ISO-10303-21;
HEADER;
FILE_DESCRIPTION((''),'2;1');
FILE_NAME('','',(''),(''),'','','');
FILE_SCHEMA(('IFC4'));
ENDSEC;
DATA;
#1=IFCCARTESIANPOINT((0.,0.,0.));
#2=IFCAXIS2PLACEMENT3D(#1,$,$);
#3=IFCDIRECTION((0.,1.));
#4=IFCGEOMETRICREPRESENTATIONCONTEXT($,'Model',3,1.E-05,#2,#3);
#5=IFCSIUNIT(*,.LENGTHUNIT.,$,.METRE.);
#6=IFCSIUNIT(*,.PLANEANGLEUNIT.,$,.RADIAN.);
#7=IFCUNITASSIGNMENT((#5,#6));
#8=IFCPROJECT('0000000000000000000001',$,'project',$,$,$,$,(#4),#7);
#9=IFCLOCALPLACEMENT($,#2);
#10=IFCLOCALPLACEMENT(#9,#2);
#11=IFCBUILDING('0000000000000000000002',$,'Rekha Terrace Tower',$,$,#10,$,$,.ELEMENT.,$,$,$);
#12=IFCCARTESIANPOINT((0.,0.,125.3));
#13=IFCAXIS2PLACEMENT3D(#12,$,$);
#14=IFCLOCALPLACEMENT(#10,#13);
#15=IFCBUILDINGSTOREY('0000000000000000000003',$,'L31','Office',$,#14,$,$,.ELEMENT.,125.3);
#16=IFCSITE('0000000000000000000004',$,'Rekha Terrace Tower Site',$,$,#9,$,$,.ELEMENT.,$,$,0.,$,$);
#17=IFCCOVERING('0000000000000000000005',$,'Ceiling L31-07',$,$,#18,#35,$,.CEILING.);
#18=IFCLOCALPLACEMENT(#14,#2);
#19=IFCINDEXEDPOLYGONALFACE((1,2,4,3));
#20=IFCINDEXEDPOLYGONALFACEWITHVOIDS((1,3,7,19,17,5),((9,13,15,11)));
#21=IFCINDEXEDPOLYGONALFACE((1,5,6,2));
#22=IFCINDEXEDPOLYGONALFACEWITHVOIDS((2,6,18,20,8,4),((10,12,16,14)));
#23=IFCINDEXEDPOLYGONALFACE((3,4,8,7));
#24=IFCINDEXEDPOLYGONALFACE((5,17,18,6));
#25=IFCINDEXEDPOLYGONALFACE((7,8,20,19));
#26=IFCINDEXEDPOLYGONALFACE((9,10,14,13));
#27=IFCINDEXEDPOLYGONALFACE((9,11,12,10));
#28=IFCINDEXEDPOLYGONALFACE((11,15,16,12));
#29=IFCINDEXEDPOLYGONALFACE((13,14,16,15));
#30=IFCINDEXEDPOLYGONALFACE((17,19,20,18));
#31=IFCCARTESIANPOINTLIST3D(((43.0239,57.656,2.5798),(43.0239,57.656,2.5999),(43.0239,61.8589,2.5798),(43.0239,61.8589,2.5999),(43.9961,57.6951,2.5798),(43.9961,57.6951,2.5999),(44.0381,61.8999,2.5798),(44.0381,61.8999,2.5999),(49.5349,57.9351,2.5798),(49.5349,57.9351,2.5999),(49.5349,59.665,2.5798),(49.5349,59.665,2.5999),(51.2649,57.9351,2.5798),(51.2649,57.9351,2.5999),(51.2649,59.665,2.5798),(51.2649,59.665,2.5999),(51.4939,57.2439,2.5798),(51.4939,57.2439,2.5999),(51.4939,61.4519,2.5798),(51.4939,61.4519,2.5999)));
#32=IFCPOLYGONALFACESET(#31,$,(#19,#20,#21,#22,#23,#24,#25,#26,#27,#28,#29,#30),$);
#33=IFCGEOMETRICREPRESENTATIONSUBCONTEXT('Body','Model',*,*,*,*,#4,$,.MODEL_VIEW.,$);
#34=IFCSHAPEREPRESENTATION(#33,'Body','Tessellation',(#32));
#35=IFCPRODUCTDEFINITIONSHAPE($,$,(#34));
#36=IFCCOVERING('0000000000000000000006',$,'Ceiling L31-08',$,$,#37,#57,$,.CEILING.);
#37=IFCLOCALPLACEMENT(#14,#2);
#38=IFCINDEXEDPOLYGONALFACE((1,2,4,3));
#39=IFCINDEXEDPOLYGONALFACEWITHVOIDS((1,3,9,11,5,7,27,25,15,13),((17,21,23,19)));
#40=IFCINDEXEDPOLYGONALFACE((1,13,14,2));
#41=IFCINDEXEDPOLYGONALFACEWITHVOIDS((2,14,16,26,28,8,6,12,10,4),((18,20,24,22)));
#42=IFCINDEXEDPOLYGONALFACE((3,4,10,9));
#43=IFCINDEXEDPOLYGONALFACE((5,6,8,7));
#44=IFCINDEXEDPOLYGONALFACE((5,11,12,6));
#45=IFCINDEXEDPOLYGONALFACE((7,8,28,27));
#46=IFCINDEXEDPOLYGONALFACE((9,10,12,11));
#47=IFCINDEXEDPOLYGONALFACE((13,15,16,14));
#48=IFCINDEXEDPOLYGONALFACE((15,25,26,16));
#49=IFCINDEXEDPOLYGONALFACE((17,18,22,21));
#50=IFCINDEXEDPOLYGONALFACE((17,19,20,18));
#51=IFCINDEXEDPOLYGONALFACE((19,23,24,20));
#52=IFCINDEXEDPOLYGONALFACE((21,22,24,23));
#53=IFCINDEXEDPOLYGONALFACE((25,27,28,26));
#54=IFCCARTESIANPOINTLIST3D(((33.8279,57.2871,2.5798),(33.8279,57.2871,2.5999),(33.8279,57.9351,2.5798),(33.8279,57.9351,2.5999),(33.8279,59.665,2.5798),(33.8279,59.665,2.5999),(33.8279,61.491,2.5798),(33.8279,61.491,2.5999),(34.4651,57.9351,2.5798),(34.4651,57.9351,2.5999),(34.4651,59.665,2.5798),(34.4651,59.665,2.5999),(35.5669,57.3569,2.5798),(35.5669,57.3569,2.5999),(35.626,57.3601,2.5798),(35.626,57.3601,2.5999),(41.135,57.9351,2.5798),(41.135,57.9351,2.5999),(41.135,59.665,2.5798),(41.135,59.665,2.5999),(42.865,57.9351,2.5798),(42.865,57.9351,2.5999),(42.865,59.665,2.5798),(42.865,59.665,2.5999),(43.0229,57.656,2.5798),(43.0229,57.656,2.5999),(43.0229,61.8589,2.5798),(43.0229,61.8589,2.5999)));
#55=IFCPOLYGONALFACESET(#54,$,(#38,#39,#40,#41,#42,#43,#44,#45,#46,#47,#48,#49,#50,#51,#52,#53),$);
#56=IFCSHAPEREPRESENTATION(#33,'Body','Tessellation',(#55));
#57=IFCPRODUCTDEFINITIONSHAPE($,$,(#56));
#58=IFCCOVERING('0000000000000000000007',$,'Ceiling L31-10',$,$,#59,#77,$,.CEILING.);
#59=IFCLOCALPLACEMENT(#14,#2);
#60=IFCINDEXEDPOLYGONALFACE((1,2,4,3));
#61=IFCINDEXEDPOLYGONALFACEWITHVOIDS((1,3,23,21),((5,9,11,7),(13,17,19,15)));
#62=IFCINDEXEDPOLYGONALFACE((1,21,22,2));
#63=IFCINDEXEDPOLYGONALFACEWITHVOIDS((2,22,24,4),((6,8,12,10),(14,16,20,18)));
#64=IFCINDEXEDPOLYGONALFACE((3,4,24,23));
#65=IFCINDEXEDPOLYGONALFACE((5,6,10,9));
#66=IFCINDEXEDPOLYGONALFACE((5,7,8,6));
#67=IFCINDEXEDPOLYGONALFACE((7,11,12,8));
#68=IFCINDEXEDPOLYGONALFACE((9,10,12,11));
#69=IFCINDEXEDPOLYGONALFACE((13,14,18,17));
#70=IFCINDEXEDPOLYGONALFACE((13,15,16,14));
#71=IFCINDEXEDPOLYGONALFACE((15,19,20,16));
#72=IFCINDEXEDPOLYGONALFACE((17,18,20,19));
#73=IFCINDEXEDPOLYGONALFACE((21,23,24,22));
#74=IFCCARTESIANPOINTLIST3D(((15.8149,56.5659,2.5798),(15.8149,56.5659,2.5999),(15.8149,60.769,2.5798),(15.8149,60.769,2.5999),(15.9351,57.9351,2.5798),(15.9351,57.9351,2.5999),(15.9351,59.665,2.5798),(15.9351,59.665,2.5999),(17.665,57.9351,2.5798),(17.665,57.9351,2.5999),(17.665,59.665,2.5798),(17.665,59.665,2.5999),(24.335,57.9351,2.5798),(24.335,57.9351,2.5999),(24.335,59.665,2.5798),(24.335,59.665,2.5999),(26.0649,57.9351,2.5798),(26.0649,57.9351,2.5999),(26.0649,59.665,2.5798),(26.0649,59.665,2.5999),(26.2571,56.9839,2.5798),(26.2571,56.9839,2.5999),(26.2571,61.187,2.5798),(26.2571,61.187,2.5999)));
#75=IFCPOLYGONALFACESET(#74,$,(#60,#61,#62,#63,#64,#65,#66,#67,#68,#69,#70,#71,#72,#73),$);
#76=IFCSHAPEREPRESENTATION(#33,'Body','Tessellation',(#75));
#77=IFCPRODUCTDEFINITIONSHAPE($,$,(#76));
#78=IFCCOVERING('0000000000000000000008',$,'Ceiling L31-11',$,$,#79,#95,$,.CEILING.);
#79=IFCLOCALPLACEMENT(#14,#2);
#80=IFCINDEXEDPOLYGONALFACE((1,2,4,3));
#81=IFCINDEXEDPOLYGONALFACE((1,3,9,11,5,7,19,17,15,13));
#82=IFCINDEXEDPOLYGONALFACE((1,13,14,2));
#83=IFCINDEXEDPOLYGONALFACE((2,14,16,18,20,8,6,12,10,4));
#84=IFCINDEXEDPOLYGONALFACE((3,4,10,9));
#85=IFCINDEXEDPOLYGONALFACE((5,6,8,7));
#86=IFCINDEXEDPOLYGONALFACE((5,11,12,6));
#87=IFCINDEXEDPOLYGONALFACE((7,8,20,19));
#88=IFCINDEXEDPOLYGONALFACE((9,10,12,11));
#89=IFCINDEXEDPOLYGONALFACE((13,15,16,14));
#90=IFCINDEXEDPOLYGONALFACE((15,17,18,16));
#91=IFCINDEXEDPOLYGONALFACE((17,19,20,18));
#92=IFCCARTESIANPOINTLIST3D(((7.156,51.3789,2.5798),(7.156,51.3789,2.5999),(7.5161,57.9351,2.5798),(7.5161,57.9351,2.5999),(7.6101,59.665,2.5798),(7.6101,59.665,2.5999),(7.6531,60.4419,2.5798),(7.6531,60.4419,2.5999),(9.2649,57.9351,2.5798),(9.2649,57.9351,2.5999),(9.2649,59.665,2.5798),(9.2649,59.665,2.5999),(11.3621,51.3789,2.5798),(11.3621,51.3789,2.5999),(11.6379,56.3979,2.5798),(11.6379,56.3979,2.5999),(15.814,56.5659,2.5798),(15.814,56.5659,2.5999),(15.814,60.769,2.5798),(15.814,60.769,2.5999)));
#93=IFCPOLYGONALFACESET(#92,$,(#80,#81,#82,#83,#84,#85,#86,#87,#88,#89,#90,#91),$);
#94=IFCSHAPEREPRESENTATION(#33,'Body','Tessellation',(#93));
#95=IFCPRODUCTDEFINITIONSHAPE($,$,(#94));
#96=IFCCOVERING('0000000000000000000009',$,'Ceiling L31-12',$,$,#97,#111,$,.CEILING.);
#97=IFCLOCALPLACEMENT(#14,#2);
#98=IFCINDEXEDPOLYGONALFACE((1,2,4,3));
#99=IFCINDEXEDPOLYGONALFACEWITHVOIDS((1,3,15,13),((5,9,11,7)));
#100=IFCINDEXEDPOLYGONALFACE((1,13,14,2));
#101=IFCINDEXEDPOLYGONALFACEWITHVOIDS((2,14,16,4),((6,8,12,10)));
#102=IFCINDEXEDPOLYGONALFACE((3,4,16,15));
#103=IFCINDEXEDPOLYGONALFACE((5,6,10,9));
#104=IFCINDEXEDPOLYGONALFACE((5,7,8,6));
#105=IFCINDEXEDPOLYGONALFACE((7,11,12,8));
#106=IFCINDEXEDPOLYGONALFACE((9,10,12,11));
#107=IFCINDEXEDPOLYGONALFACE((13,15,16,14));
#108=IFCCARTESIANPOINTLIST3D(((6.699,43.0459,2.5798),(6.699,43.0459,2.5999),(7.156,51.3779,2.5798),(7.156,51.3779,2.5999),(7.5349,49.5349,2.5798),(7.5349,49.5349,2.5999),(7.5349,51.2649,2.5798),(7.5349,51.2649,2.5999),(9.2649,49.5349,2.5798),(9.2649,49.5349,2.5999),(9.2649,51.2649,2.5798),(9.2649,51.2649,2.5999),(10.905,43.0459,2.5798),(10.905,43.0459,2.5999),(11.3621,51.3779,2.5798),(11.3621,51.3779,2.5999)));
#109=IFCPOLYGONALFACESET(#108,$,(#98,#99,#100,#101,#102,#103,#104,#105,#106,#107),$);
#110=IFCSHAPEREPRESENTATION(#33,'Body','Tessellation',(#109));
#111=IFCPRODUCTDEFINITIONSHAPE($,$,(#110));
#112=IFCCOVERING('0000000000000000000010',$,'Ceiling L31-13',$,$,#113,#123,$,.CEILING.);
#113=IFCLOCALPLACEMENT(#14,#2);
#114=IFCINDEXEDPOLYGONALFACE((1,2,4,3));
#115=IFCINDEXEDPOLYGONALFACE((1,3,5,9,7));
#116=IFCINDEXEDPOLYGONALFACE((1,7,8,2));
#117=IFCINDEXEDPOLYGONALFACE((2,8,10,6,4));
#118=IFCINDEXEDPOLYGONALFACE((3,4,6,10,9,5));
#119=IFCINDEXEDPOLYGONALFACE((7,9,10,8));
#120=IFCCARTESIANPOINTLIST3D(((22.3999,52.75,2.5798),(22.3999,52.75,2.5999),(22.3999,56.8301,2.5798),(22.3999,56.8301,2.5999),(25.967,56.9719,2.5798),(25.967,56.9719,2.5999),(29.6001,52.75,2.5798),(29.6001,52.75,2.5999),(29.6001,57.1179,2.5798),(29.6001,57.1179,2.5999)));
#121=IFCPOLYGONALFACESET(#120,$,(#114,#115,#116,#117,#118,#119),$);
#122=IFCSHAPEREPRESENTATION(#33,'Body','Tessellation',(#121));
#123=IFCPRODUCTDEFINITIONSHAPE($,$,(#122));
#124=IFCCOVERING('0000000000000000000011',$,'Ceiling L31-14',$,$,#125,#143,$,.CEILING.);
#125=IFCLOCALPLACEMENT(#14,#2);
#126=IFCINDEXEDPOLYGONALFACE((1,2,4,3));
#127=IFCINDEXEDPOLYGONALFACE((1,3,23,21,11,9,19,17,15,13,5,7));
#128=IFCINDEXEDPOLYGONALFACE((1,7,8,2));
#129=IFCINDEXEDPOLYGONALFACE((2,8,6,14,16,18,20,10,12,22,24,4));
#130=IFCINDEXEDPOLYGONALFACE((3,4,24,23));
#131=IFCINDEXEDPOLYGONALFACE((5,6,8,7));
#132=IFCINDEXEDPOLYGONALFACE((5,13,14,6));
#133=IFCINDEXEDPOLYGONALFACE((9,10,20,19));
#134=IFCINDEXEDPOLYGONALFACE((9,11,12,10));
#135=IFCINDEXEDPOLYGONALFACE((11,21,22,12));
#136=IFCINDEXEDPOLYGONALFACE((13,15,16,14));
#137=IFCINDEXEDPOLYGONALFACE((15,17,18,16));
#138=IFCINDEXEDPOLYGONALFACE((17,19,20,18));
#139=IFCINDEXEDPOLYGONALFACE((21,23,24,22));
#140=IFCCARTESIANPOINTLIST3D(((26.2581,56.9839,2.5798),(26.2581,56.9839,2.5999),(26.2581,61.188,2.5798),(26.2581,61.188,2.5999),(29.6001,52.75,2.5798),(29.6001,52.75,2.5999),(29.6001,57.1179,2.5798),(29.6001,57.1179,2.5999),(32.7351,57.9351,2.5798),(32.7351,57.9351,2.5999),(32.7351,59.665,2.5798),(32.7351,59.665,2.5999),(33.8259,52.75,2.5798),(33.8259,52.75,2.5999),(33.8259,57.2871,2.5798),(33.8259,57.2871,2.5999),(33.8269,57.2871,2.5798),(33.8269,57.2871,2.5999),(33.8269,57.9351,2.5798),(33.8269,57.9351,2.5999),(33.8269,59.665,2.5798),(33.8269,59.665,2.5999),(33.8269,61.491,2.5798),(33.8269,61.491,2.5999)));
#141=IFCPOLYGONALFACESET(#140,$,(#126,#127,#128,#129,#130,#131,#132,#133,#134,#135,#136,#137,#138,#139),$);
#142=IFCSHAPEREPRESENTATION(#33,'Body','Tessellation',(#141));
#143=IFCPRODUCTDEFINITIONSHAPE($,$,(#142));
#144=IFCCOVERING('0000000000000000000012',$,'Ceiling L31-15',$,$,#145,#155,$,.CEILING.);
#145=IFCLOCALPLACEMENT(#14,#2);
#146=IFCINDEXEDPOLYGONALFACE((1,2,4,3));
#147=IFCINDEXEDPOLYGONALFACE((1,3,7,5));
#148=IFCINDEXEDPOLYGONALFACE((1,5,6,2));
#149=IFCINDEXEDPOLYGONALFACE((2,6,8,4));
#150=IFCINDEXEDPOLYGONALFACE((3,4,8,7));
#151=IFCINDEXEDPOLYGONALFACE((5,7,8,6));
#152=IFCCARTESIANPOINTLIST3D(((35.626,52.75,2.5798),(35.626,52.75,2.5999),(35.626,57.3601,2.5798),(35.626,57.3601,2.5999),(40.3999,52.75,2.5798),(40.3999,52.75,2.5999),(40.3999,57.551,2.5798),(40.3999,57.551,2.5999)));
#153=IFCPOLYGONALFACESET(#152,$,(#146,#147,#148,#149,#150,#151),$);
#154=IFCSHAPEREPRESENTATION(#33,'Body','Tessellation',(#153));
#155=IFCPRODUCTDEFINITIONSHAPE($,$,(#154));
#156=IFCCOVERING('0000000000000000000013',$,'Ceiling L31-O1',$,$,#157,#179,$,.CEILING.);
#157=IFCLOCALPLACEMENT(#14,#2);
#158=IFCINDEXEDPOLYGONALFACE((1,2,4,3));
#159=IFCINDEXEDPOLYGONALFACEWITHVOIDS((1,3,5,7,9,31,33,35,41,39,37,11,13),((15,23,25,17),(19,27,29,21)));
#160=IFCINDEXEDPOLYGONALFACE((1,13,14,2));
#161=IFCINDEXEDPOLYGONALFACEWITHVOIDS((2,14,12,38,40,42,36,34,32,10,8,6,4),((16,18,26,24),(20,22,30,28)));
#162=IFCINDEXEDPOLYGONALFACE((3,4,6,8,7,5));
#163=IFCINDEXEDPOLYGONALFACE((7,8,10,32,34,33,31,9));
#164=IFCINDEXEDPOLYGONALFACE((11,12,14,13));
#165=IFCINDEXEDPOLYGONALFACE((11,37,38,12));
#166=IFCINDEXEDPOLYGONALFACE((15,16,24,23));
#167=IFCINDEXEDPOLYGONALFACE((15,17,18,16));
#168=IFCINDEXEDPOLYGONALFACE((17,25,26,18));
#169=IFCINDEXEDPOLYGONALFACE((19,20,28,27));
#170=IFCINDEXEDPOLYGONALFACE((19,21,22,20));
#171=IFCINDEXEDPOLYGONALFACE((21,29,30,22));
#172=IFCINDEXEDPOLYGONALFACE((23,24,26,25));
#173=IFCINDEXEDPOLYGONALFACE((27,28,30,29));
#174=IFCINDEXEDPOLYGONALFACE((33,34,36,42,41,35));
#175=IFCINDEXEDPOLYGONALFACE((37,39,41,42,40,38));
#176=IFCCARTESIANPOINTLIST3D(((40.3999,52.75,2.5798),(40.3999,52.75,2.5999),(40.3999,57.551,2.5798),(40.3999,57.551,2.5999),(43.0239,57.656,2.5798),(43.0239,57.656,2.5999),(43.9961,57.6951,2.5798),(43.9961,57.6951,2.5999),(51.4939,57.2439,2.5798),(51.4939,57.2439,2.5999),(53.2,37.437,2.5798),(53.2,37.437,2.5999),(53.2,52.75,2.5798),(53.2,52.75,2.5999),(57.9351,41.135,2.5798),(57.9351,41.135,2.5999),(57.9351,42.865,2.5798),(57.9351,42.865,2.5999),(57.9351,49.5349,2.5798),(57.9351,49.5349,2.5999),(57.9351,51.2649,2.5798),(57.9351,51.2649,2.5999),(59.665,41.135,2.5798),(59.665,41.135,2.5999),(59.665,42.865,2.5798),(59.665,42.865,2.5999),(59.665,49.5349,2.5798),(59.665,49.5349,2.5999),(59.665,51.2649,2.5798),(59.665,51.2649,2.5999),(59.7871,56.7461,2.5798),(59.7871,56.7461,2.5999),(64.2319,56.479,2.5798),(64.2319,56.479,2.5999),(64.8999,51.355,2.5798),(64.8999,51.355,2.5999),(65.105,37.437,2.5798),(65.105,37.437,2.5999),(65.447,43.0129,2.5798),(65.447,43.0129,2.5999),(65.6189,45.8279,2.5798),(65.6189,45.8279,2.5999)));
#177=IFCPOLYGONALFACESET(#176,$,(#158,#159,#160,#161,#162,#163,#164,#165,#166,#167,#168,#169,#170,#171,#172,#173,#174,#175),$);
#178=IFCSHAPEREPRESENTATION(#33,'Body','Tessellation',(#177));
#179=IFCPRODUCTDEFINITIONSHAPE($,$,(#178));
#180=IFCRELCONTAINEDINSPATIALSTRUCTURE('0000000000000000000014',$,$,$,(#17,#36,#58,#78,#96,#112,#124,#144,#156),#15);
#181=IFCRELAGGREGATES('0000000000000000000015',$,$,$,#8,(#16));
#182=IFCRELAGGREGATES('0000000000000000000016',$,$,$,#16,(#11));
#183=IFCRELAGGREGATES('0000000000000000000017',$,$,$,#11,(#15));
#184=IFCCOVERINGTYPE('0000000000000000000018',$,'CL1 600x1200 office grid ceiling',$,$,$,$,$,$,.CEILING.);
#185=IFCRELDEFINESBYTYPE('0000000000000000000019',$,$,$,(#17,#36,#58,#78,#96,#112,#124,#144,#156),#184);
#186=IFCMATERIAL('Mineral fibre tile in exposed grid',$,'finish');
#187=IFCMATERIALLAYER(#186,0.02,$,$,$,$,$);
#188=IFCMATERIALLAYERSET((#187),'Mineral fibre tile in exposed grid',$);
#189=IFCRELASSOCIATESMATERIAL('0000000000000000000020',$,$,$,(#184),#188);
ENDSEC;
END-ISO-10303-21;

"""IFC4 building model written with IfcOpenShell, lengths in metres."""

from ifc_helpers import new_model, si_unit, direction, frame, origin, place, context, subcontext, project, spatial, polyline, outline, extrude, material, layer, layer_set, type_object, element, save


model = new_model("IFC4")

# Units and contexts
model_context = context("Model", 3, precision=1e-05, world=origin(), true_north=direction((0.0, 1.0)))
body_context = subcontext(model_context, "Body", "Model", "MODEL_VIEW")
ifc_project = project(units=[si_unit("LENGTHUNIT", "METRE"), si_unit("PLANEANGLEUNIT", "RADIAN")], contexts=[model_context])

# Site, building, storey
site_placement = place(None, origin())
site = spatial("IfcSite", under=ifc_project, at=site_placement, Name="Rekha Terrace Tower Site", CompositionType="ELEMENT", RefElevation=0.0)
building_placement = place(site_placement, origin())
building = spatial("IfcBuilding", under=site, at=building_placement, Name="Rekha Terrace Tower", CompositionType="ELEMENT")
storey_placement = place(building_placement, frame((0.0, 0.0, 125.3)))
storey = spatial("IfcBuildingStorey", under=building, at=storey_placement, Name="L31", Description="Office", CompositionType="ELEMENT", Elevation=125.3)

# Coverings
ifc_material_1 = material(Name="Mineral fibre tile in exposed grid", Category="finish")
ifc_layer_1 = layer(ifc_material_1, 0.02)
ifc_layer_set_1 = layer_set([ifc_layer_1], Name="Mineral fibre tile in exposed grid")
covering_type_1 = type_object("IfcCoveringType", Name="CL1 600x1200 office grid ceiling", PredefinedType="CEILING", material=ifc_layer_set_1)
covering_1_placement = place(storey_placement, frame((0.0, 0.0, 2.5798)))
element("IfcCovering", 1, at=covering_1_placement, inside=storey, type_object=covering_type_1, Name="Ceiling L31-07", PredefinedType="CEILING", context=body_context, shape_type="SweptSolid", body=[
    extrude(outline(polyline([(44.0381, 61.8999), (43.0239, 61.8589), (43.0239, 57.656), (43.9961, 57.6951), (51.4939, 57.2439), (51.4939, 61.4519), (44.0381, 61.8999)]), holes=[polyline([(51.2649, 57.9351), (49.5349, 57.9351), (49.5349, 59.665), (51.2649, 59.665), (51.2649, 57.9351)])]), origin(), (0.0, 0.0, 1.0), 0.02),
])
covering_2_placement = place(storey_placement, frame((0.0, 0.0, 2.5798)))
element("IfcCovering", 2, at=covering_2_placement, inside=storey, type_object=covering_type_1, Name="Ceiling L31-08", PredefinedType="CEILING", context=body_context, shape_type="SweptSolid", body=[
    extrude(outline(polyline([(33.8279, 57.9351), (33.8279, 57.2871), (35.5669, 57.3569), (35.626, 57.3601), (43.0229, 57.656), (43.0229, 61.8589), (33.8279, 61.491), (33.8279, 59.665), (34.4651, 59.665), (34.4651, 57.9351), (33.8279, 57.9351)]), holes=[polyline([(42.865, 57.9351), (41.135, 57.9351), (41.135, 59.665), (42.865, 59.665), (42.865, 57.9351)])]), origin(), (0.0, 0.0, 1.0), 0.02),
])
covering_3_placement = place(storey_placement, frame((0.0, 0.0, 2.5798)))
element("IfcCovering", 3, at=covering_3_placement, inside=storey, type_object=covering_type_1, Name="Ceiling L31-10", PredefinedType="CEILING", context=body_context, shape_type="SweptSolid", body=[
    extrude(outline(polyline([(26.2571, 56.9839), (26.2571, 61.187), (15.8149, 60.769), (15.8149, 56.5659), (26.2571, 56.9839)]), holes=[polyline([(26.0649, 57.9351), (24.335, 57.9351), (24.335, 59.665), (26.0649, 59.665), (26.0649, 57.9351)]), polyline([(17.665, 57.9351), (15.9351, 57.9351), (15.9351, 59.665), (17.665, 59.665), (17.665, 57.9351)])]), origin(), (0.0, 0.0, 1.0), 0.02),
])
covering_4_placement = place(storey_placement, frame((0.0, 0.0, 2.5798)))
element("IfcCovering", 4, at=covering_4_placement, inside=storey, type_object=covering_type_1, Name="Ceiling L31-11", PredefinedType="CEILING", context=body_context, shape_type="SweptSolid", body=[
    extrude(outline(polyline([(7.5161, 57.9351), (7.156, 51.3789), (11.3621, 51.3789), (11.6379, 56.3979), (15.814, 56.5659), (15.814, 60.769), (7.6531, 60.4419), (7.6101, 59.665), (9.2649, 59.665), (9.2649, 57.9351), (7.5161, 57.9351)])), origin(), (0.0, 0.0, 1.0), 0.02),
])
covering_5_placement = place(storey_placement, frame((0.0, 0.0, 2.5798)))
element("IfcCovering", 5, at=covering_5_placement, inside=storey, type_object=covering_type_1, Name="Ceiling L31-12", PredefinedType="CEILING", context=body_context, shape_type="SweptSolid", body=[
    extrude(outline(polyline([(11.3621, 51.3779), (7.156, 51.3779), (6.699, 43.0459), (10.905, 43.0459), (11.3621, 51.3779)]), holes=[polyline([(9.2649, 51.2649), (9.2649, 49.5349), (7.5349, 49.5349), (7.5349, 51.2649), (9.2649, 51.2649)])]), origin(), (0.0, 0.0, 1.0), 0.02),
])
covering_6_placement = place(storey_placement, frame((0.0, 0.0, 2.5798)))
element("IfcCovering", 6, at=covering_6_placement, inside=storey, type_object=covering_type_1, Name="Ceiling L31-13", PredefinedType="CEILING", context=body_context, shape_type="SweptSolid", body=[
    extrude(outline(polyline([(22.3999, 52.75), (29.6001, 52.75), (29.6001, 57.1179), (25.967, 56.9719), (22.3999, 56.8301), (22.3999, 52.75)])), origin(), (0.0, 0.0, 1.0), 0.02),
])
covering_7_placement = place(storey_placement, frame((0.0, 0.0, 2.5798)))
element("IfcCovering", 7, at=covering_7_placement, inside=storey, type_object=covering_type_1, Name="Ceiling L31-14", PredefinedType="CEILING", context=body_context, shape_type="SweptSolid", body=[
    extrude(outline(polyline([(29.6001, 52.75), (33.8259, 52.75), (33.8259, 57.2871), (33.8269, 57.2871), (33.8269, 57.9351), (32.7351, 57.9351), (32.7351, 59.665), (33.8269, 59.665), (33.8269, 61.491), (26.2581, 61.188), (26.2581, 56.9839), (29.6001, 57.1179), (29.6001, 52.75)])), origin(), (0.0, 0.0, 1.0), 0.02),
])
covering_8_placement = place(storey_placement, frame((0.0, 0.0, 2.5798)))
element("IfcCovering", 8, at=covering_8_placement, inside=storey, type_object=covering_type_1, Name="Ceiling L31-15", PredefinedType="CEILING", context=body_context, shape_type="SweptSolid", body=[
    extrude(outline(polyline([(40.3999, 52.75), (40.3999, 57.551), (35.626, 57.3601), (35.626, 52.75), (40.3999, 52.75)])), origin(), (0.0, 0.0, 1.0), 0.02),
])
covering_9_placement = place(storey_placement, frame((0.0, 0.0, 2.5798)))
element("IfcCovering", 9, at=covering_9_placement, inside=storey, type_object=covering_type_1, Name="Ceiling L31-O1", PredefinedType="CEILING", context=body_context, shape_type="SweptSolid", body=[
    extrude(outline(polyline([(43.9961, 57.6951), (43.0239, 57.656), (40.3999, 57.551), (40.3999, 52.75), (53.2, 52.75), (53.2, 37.437), (65.105, 37.437), (65.447, 43.0129), (65.6189, 45.8279), (64.8999, 51.355), (64.2319, 56.479), (59.7871, 56.7461), (51.4939, 57.2439), (43.9961, 57.6951)]), holes=[polyline([(59.665, 41.135), (57.9351, 41.135), (57.9351, 42.865), (59.665, 42.865), (59.665, 41.135)]), polyline([(59.665, 49.5349), (57.9351, 49.5349), (57.9351, 51.2649), (59.665, 51.2649), (59.665, 49.5349)])]), origin(), (0.0, 0.0, 1.0), 0.02),
])

save(model, "model.ifc")
